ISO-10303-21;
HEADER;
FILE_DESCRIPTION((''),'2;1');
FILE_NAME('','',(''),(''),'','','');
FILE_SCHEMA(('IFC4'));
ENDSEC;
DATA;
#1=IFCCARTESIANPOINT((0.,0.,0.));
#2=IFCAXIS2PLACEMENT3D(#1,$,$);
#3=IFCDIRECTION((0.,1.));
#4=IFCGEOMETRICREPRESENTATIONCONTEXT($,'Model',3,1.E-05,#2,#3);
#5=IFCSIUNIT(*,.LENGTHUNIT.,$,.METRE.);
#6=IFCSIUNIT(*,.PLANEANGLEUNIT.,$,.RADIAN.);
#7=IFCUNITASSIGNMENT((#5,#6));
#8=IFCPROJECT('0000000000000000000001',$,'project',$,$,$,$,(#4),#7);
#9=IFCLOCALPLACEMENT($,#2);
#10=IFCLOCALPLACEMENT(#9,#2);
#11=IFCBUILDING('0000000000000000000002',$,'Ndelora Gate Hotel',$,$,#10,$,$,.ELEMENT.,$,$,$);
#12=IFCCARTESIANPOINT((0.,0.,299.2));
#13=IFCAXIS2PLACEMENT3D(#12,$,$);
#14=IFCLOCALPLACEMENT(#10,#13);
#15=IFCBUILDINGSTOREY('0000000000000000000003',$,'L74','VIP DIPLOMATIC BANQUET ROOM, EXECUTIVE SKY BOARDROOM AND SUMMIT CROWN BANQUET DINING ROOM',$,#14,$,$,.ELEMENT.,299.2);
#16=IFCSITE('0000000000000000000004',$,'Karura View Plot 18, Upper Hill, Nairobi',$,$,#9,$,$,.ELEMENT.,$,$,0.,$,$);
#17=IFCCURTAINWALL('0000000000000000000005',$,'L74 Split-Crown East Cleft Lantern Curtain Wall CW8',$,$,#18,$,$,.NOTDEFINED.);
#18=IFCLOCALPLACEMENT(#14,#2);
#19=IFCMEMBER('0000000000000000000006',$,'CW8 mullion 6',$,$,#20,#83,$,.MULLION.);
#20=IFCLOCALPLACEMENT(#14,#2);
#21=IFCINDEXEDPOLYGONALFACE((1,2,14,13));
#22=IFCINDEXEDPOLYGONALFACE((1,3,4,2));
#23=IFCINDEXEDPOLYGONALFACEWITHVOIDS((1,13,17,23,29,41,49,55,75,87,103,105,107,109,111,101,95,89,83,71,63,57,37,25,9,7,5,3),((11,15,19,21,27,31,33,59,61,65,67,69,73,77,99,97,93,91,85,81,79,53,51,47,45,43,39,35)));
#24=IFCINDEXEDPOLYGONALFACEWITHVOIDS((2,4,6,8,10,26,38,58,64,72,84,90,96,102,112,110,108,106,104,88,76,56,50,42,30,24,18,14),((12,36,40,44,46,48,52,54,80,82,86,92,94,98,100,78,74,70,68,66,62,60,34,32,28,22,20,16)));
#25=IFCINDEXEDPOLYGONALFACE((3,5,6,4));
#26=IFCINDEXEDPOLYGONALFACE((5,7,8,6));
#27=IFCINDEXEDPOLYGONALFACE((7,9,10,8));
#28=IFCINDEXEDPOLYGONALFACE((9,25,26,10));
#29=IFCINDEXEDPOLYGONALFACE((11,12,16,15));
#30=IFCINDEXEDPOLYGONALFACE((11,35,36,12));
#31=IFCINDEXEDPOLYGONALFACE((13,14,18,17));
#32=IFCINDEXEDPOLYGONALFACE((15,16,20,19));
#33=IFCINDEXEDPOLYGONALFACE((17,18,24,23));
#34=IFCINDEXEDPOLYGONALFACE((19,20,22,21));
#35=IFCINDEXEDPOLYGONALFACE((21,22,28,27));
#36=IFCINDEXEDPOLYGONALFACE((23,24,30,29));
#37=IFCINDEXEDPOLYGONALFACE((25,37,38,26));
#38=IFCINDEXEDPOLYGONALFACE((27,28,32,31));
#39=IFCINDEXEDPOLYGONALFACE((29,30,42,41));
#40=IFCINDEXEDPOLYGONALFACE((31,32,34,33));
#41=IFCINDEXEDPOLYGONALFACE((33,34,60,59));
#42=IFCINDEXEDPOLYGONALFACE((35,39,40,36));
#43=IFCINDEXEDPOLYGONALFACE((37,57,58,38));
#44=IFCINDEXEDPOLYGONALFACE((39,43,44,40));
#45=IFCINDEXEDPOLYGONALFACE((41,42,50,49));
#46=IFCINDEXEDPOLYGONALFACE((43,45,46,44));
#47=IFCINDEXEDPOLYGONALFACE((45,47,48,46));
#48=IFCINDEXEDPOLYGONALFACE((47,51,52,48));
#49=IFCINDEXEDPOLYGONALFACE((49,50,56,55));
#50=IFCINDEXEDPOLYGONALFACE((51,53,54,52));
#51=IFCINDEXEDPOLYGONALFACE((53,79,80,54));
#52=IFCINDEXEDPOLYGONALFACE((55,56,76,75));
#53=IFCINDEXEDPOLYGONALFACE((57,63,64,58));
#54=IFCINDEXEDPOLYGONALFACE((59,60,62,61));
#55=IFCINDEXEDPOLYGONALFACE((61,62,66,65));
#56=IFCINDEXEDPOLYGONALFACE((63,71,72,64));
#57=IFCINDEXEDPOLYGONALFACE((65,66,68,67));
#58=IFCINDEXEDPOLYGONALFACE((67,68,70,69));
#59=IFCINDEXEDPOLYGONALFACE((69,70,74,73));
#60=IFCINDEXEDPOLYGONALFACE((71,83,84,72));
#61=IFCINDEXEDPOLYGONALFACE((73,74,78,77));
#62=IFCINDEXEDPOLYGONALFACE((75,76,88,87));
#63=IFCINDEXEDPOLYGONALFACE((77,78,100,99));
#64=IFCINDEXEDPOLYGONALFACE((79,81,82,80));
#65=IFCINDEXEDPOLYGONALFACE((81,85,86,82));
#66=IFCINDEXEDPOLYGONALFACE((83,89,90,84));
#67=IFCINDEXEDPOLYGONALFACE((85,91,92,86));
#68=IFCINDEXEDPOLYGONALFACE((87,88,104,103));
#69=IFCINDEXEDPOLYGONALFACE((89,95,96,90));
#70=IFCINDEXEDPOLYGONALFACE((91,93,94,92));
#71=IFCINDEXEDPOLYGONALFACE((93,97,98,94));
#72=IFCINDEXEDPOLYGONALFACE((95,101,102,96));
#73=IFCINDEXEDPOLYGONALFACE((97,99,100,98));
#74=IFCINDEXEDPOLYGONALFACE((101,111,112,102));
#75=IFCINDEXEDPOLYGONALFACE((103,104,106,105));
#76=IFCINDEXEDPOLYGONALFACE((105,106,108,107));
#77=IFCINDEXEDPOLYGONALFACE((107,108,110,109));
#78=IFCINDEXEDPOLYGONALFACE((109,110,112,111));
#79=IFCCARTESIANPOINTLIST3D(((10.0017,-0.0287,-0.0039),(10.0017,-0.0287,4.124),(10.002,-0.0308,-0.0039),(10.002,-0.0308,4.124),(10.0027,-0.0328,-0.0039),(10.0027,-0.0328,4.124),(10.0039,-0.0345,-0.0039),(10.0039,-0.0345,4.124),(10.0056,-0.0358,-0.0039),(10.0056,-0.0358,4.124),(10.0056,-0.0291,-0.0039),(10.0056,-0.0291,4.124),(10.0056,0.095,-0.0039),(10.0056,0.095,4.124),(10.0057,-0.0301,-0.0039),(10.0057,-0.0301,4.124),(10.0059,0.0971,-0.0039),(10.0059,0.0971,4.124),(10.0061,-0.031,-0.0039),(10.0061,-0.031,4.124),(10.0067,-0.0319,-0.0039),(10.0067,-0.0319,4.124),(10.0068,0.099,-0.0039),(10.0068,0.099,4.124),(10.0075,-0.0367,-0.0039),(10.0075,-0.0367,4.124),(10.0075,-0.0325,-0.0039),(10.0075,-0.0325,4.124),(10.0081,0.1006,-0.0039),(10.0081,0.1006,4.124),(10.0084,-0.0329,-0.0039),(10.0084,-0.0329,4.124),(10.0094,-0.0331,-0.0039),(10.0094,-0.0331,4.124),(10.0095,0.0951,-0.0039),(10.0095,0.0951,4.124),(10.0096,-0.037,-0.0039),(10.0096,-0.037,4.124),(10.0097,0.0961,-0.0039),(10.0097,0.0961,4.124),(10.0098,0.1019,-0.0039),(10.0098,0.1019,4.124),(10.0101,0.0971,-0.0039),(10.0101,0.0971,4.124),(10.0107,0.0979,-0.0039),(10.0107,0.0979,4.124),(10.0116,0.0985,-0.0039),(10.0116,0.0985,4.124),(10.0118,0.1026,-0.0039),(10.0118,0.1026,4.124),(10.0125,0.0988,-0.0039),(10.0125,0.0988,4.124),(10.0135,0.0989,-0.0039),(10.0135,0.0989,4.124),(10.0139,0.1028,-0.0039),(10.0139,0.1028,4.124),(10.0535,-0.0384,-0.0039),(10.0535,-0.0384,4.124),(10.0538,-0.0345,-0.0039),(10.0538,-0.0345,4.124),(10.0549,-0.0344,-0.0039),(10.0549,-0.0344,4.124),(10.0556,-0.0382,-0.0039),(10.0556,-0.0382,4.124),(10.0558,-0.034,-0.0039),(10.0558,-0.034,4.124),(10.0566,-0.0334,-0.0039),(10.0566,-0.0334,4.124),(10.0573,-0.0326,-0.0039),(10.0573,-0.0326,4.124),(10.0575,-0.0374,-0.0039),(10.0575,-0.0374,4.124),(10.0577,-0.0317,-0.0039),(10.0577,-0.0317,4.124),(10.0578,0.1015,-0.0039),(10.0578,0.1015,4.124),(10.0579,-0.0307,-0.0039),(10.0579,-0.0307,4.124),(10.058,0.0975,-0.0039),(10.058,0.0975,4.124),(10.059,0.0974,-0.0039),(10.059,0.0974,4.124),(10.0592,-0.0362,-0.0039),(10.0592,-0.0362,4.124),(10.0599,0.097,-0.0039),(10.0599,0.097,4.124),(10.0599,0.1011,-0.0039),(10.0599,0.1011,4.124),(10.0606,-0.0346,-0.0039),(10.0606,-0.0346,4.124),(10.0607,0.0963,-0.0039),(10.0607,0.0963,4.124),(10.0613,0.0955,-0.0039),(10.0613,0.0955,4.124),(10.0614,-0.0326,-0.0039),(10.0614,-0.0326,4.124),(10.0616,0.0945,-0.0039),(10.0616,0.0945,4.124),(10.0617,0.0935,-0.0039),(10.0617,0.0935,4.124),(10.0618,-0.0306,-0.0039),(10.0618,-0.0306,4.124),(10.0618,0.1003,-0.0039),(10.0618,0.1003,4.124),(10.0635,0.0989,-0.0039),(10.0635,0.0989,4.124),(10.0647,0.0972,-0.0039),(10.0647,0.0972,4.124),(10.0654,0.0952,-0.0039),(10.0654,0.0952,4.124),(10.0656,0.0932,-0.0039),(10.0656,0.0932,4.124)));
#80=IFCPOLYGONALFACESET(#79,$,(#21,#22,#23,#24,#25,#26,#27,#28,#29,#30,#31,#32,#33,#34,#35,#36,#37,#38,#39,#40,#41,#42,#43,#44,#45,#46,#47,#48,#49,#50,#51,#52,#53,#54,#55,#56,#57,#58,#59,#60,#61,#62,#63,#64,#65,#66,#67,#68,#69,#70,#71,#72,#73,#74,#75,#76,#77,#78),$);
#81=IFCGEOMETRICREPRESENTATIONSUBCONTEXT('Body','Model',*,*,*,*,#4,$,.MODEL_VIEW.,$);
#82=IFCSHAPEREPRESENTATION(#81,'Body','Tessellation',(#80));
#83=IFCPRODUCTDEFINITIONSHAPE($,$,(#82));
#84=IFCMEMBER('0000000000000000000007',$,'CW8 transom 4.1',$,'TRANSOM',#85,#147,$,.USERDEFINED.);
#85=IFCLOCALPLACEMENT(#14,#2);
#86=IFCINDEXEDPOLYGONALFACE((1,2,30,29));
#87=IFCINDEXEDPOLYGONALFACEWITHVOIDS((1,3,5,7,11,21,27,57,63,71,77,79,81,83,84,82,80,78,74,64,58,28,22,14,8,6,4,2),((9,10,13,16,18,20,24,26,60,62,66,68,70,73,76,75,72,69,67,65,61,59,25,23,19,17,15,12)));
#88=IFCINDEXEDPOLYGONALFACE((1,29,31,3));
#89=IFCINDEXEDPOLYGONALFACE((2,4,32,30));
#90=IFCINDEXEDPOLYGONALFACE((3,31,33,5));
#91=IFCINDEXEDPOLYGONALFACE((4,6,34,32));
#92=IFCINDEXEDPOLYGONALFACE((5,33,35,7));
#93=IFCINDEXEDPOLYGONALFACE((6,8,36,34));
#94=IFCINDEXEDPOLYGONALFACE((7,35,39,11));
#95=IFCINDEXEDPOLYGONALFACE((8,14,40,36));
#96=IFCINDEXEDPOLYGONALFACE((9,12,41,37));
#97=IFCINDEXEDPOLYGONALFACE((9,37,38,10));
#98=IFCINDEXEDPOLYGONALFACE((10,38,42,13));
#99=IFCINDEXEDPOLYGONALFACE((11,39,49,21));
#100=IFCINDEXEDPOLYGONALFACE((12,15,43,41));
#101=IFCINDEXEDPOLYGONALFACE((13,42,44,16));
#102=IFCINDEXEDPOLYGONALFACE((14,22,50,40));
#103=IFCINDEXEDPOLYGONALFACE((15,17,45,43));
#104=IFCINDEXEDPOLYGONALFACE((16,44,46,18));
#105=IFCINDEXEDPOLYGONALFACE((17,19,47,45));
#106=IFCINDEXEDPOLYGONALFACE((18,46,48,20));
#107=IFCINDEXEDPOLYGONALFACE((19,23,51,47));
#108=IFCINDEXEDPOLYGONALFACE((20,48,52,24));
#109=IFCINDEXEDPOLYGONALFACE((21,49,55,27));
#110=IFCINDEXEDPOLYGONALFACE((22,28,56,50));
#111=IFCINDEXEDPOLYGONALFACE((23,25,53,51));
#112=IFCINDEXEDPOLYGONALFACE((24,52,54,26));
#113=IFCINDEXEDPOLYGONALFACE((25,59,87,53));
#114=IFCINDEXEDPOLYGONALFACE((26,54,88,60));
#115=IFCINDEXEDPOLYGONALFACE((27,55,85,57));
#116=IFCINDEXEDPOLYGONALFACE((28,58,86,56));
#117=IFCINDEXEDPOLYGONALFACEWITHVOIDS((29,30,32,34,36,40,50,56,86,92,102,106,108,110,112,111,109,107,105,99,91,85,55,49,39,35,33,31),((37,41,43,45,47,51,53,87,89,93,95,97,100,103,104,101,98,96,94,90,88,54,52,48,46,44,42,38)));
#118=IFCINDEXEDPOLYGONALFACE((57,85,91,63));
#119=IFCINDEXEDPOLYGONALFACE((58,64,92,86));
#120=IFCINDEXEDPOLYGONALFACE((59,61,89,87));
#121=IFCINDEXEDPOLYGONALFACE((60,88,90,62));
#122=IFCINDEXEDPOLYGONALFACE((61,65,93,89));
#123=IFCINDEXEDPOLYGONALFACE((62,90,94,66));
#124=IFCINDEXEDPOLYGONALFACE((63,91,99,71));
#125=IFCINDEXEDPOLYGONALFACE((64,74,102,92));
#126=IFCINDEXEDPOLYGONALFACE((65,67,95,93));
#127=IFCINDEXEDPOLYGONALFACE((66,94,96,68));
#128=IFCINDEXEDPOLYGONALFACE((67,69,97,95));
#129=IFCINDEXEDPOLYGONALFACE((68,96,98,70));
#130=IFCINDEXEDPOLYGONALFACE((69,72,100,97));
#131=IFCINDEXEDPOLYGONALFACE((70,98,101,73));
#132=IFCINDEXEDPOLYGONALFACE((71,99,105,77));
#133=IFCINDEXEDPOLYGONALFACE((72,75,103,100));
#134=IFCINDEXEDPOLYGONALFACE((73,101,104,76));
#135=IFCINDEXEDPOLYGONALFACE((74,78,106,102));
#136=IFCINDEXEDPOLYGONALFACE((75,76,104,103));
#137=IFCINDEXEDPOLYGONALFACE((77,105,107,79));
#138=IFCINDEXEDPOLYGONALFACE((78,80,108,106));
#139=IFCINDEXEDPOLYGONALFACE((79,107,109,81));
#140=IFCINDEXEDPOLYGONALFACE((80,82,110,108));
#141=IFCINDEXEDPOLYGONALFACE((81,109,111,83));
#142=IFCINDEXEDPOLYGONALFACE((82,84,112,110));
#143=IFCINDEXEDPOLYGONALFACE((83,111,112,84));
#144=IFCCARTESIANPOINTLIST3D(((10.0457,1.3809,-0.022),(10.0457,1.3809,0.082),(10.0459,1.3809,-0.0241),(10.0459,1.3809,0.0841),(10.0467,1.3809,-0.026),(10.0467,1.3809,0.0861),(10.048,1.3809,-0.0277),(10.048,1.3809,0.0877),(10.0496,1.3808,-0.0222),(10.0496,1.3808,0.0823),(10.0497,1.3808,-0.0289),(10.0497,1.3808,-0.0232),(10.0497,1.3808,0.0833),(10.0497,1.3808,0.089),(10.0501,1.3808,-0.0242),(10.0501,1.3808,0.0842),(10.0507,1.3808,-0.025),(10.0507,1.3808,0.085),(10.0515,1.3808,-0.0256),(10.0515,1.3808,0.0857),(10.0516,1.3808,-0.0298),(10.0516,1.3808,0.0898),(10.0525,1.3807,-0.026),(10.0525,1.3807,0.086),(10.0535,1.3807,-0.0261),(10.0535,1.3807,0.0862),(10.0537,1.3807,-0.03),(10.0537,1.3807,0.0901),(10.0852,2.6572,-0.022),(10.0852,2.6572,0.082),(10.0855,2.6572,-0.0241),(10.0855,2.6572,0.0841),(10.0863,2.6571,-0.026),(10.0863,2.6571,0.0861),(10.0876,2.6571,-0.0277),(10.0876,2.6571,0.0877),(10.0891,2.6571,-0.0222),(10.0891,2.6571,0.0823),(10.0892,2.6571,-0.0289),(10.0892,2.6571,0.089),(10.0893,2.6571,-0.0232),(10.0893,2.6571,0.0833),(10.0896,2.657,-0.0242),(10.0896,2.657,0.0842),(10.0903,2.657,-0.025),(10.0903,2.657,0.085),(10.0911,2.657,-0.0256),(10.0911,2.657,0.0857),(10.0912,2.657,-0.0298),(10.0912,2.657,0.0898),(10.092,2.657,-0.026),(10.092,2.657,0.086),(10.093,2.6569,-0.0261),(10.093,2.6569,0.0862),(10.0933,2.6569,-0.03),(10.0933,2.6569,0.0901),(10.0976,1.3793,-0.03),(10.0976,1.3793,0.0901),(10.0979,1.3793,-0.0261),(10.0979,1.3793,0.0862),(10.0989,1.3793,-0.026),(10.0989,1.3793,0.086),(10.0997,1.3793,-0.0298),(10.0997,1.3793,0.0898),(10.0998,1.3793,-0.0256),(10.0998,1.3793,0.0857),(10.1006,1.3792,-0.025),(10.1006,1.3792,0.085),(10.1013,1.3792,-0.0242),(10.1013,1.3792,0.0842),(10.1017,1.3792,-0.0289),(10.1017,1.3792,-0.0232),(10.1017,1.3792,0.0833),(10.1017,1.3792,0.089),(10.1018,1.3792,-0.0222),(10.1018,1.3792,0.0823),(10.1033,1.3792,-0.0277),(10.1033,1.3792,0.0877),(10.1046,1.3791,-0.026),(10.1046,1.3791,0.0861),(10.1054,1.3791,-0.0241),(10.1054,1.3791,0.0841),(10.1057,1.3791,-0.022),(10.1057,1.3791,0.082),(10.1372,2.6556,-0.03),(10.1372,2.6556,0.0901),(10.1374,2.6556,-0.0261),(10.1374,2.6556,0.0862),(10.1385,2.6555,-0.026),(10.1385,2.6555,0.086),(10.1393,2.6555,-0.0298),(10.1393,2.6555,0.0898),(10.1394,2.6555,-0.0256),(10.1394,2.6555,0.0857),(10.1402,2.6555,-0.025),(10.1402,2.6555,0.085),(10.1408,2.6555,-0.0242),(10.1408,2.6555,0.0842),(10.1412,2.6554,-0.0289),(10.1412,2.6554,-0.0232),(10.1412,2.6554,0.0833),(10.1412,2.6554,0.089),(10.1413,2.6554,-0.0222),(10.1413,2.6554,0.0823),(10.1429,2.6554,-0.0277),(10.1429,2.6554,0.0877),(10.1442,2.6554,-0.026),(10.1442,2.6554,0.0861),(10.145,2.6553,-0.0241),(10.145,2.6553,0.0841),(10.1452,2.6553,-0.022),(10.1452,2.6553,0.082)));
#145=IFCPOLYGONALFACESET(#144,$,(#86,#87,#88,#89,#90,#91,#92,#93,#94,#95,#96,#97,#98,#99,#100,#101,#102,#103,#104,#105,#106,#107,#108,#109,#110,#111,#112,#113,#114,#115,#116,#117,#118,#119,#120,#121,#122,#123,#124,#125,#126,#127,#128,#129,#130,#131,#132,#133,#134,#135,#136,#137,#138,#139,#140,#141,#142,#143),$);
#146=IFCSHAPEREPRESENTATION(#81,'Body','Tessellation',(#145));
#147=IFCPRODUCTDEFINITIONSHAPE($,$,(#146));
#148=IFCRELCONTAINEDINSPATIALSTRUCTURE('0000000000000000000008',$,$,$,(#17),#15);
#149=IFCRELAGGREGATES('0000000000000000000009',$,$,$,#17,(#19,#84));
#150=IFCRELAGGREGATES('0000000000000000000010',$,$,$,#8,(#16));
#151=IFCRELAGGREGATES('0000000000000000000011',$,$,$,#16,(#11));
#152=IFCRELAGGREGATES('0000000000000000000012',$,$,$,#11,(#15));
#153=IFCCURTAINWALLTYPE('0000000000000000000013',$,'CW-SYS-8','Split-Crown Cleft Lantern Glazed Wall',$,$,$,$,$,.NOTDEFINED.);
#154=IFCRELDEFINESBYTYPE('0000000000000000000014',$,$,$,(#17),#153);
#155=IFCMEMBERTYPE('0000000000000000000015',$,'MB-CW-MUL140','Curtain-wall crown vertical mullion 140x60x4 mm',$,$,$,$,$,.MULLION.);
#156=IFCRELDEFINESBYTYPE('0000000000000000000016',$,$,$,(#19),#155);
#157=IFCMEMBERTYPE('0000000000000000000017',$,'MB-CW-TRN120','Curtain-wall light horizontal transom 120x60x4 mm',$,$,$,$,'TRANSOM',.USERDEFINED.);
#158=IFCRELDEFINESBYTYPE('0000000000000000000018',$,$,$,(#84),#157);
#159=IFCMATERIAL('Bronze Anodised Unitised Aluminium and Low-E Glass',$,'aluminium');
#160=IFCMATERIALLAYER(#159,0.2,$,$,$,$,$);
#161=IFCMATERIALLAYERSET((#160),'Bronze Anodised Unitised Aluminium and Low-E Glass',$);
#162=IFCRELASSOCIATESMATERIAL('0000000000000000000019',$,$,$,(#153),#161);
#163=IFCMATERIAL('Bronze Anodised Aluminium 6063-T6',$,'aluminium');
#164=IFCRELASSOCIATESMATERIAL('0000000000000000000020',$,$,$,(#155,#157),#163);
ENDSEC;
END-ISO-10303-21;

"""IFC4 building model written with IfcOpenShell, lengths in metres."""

from ifc_helpers import new_model, si_unit, direction, frame, origin, origin_2d, place, context, subcontext, project, spatial, hollow_rectangle, extrude, material, layer, layer_set, material_profile, profile_set, type_object, element, aggregate, save


model = new_model("IFC4")

# Units and contexts
model_context = context("Model", 3, precision=1e-05, world=origin(), true_north=direction((0.0, 1.0)))
body_context = subcontext(model_context, "Body", "Model", "MODEL_VIEW")
ifc_project = project(units=[si_unit("LENGTHUNIT", "METRE"), si_unit("PLANEANGLEUNIT", "RADIAN")], contexts=[model_context])

# Site, building, storey
site_placement = place(None, origin())
site = spatial("IfcSite", under=ifc_project, at=site_placement, Name="Karura View Plot 18, Upper Hill, Nairobi", CompositionType="ELEMENT", RefElevation=0.0)
building_placement = place(site_placement, origin())
building = spatial("IfcBuilding", under=site, at=building_placement, Name="Ndelora Gate Hotel", CompositionType="ELEMENT")
storey_placement = place(building_placement, frame((0.0, 0.0, 299.2)))
storey = spatial("IfcBuildingStorey", under=building, at=storey_placement, Name="L74", Description="VIP DIPLOMATIC BANQUET ROOM, EXECUTIVE SKY BOARDROOM AND SUMMIT CROWN BANQUET DINING ROOM", CompositionType="ELEMENT", Elevation=299.2)

# Curtain wall, members
ifc_material_1 = material(Name="Bronze Anodised Unitised Aluminium and Low-E Glass", Category="aluminium")
ifc_layer_1 = layer(ifc_material_1, 0.2)
ifc_layer_set_1 = layer_set([ifc_layer_1], Name="Bronze Anodised Unitised Aluminium and Low-E Glass")
curtain_wall_type = type_object("IfcCurtainWallType", Name="CW-SYS-8", Description="Split-Crown Cleft Lantern Glazed Wall", PredefinedType="NOTDEFINED", material=ifc_layer_set_1)
curtain_wall_placement = place(storey_placement, origin())
curtain_wall = element("IfcCurtainWall", 1, at=curtain_wall_placement, inside=storey, type_object=curtain_wall_type, Name="L74 Split-Crown East Cleft Lantern Curtain Wall CW8", PredefinedType="NOTDEFINED")
ifc_material_2 = material(Name="Bronze Anodised Aluminium 6063-T6", Category="aluminium")
ifc_material_profile_1 = material_profile(ifc_material_2, hollow_rectangle(XDim=0.0601, YDim=0.1399, WallThickness=0.0039, InnerFilletRadius=0.0039, OuterFilletRadius=0.0081, at=origin_2d()), Name="ALU 140x60x4")
ifc_profile_set_1 = profile_set([ifc_material_profile_1], Name="Bronze Anodised Aluminium 6063-T6")
member_type_1 = type_object("IfcMemberType", Name="MB-CW-MUL140", Description="Curtain-wall crown vertical mullion 140x60x4 mm", PredefinedType="MULLION", material=ifc_profile_set_1)
member_1_placement = place(storey_placement, frame((10.0337, 0.0322, -0.0039), z_axis=(0.0, 0.0, 1.0), x_axis=(0.999515, -0.031131, 0.0)))
member_1 = element("IfcMember", 2, at=member_1_placement, type_object=member_type_1, Name="CW8 mullion 6", PredefinedType="MULLION", context=body_context, shape_type="SweptSolid", body=[
    extrude(hollow_rectangle(XDim=0.0601, YDim=0.1399, WallThickness=0.0039, InnerFilletRadius=0.0039, OuterFilletRadius=0.0081, at=origin_2d()), origin(), (0.0, 0.0, 1.0), 4.1279),
])
ifc_material_profile_2 = material_profile(ifc_material_2, hollow_rectangle(XDim=0.0601, YDim=0.1201, WallThickness=0.0039, InnerFilletRadius=0.0039, OuterFilletRadius=0.0081, at=origin_2d()), Name="ALU 120x60x4")
ifc_profile_set_2 = profile_set([ifc_material_profile_2], Name="Bronze Anodised Aluminium 6063-T6")
member_type_2 = type_object("IfcMemberType", Name="MB-CW-TRN120", Description="Curtain-wall light horizontal transom 120x60x4 mm", ElementType="TRANSOM", PredefinedType="USERDEFINED", material=ifc_profile_set_2)
member_2_placement = place(storey_placement, frame((10.1152, 2.6562, 0.03), z_axis=(-0.030978, -0.99952, 0.0), x_axis=(0.99952, -0.030978, 0.0)))
member_2 = element("IfcMember", 3, at=member_2_placement, type_object=member_type_2, Name="CW8 transom 4.1", ObjectType="TRANSOM", PredefinedType="USERDEFINED", context=body_context, shape_type="SweptSolid", body=[
    extrude(hollow_rectangle(XDim=0.0601, YDim=0.1201, WallThickness=0.0039, InnerFilletRadius=0.0039, OuterFilletRadius=0.0081, at=origin_2d()), origin(), (0.0, 0.0, 1.0), 1.2769),
])
aggregate(curtain_wall, [member_1, member_2])

save(model, "model.ifc")
